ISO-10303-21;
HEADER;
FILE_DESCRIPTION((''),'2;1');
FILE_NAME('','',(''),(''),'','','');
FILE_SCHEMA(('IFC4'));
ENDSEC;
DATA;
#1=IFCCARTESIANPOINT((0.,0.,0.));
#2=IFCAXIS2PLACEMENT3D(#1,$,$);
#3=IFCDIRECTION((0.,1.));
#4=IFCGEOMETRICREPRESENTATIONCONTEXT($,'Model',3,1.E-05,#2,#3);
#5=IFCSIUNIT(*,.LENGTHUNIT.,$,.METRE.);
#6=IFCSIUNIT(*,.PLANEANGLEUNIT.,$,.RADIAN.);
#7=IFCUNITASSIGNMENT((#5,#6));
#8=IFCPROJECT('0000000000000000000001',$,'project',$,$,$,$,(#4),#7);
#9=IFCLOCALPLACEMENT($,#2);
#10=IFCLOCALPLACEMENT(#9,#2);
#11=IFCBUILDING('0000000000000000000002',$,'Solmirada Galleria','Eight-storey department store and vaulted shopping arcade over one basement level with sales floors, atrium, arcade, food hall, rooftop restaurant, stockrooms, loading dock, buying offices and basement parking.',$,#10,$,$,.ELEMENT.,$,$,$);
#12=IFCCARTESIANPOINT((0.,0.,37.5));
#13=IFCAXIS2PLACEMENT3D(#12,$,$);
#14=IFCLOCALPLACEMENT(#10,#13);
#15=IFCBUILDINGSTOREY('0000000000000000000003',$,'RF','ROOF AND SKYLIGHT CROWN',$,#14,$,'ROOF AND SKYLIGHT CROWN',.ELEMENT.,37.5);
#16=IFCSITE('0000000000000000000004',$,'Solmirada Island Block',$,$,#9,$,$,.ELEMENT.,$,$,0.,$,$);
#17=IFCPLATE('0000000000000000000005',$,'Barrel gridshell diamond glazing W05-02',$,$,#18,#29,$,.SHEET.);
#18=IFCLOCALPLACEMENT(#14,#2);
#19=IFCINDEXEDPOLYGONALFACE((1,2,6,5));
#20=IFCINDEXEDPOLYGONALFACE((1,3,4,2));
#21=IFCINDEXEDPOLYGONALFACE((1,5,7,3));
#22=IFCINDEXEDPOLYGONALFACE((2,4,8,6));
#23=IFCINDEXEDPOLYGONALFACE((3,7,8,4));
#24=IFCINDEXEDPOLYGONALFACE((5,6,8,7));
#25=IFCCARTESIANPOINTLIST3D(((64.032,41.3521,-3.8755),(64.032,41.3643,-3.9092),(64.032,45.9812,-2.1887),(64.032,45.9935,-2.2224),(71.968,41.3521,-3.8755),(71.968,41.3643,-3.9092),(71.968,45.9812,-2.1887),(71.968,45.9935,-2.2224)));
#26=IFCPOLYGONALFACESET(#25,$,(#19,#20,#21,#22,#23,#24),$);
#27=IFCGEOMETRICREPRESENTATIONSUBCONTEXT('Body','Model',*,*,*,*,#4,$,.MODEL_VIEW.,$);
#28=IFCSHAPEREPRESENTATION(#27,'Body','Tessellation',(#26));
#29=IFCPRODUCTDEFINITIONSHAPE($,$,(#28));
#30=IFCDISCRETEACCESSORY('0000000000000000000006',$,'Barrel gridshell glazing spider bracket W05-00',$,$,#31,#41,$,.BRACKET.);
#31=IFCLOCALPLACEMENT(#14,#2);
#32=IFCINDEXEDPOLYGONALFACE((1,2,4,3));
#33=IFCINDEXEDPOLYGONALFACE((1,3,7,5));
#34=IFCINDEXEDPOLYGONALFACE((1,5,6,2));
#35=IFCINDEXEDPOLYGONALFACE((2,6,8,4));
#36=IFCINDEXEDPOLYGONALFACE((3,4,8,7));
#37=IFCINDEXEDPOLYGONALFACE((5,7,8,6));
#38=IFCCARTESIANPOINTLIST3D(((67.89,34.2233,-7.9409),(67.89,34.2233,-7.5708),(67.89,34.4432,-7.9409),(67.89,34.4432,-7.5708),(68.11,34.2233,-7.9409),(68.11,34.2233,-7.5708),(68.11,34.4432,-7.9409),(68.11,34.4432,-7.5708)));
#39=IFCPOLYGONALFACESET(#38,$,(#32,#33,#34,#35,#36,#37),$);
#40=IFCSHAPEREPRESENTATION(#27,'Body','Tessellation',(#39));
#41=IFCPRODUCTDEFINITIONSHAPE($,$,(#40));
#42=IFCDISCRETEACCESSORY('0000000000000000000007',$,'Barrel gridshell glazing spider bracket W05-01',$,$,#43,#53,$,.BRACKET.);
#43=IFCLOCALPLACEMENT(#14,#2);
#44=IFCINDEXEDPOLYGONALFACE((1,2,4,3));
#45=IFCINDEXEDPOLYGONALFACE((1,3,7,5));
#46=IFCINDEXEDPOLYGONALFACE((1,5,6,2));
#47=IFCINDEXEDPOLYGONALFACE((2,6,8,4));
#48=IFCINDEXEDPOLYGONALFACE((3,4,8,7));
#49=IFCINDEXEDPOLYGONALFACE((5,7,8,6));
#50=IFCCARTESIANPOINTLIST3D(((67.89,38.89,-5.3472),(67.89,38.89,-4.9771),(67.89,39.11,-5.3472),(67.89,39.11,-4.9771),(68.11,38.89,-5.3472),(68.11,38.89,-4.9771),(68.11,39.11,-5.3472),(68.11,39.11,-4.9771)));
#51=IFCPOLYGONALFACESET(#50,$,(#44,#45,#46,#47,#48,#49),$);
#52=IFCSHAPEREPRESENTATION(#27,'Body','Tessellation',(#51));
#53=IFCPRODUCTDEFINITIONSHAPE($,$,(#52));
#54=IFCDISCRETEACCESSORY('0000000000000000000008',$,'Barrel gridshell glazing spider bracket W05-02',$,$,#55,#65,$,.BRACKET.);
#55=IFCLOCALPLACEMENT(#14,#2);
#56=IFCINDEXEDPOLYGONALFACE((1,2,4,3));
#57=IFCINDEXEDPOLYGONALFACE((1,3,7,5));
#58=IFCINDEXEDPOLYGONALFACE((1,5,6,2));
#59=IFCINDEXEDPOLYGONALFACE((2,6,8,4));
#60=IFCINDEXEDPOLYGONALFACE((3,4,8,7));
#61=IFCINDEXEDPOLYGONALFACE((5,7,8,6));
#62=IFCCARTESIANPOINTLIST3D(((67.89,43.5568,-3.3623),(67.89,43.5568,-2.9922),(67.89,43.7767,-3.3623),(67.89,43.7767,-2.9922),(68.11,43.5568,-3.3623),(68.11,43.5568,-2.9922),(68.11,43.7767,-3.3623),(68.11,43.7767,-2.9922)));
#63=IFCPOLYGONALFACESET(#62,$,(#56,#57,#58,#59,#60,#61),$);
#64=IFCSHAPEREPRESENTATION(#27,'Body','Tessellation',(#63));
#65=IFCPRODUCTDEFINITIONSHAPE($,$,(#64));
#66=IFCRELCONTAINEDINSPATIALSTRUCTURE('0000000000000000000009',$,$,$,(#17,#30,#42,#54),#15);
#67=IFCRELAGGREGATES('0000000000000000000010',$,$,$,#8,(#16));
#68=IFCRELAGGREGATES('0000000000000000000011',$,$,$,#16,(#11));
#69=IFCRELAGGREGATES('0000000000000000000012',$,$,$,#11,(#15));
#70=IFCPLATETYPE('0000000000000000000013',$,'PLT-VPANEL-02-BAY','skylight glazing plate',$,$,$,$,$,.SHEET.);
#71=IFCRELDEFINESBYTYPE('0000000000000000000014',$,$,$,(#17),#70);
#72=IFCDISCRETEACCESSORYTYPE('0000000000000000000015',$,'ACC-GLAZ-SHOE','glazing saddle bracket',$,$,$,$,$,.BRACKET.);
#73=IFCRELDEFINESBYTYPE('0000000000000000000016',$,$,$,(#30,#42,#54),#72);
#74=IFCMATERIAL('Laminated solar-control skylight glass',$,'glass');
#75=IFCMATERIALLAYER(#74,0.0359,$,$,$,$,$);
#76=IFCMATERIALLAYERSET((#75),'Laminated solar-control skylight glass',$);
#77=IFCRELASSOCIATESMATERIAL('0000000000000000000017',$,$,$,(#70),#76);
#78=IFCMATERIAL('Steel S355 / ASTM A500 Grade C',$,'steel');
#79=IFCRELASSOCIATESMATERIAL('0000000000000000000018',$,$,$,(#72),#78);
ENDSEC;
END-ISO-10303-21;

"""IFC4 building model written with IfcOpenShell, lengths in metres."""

from ifc_helpers import new_model, si_unit, direction, frame, origin, origin_2d, place, context, subcontext, project, spatial, polyline, rectangle, outline, extrude, material, layer, layer_set, type_object, element, save


model = new_model("IFC4")

# Units and contexts
model_context = context("Model", 3, precision=1e-05, world=origin(), true_north=direction((0.0, 1.0)))
body_context = subcontext(model_context, "Body", "Model", "MODEL_VIEW")
ifc_project = project(units=[si_unit("LENGTHUNIT", "METRE"), si_unit("PLANEANGLEUNIT", "RADIAN")], contexts=[model_context])

# Site, building, storey
site_placement = place(None, origin())
site = spatial("IfcSite", under=ifc_project, at=site_placement, Name="Solmirada Island Block", CompositionType="ELEMENT", RefElevation=0.0)
building_placement = place(site_placement, origin())
building = spatial("IfcBuilding", under=site, at=building_placement, Name="Solmirada Galleria", Description="Eight-storey department store and vaulted shopping arcade over one basement level with sales floors, atrium, arcade, food hall, rooftop restaurant, stockrooms, loading dock, buying offices and basement parking.", CompositionType="ELEMENT")
storey_placement = place(building_placement, frame((0.0, 0.0, 37.5)))
storey = spatial("IfcBuildingStorey", under=building, at=storey_placement, Name="RF", Description="ROOF AND SKYLIGHT CROWN", LongName="ROOF AND SKYLIGHT CROWN", CompositionType="ELEMENT", Elevation=37.5)

# Shared definitions
ifc_material_1 = material(Name="Steel S355 / ASTM A500 Grade C", Category="steel")

# Plate
ifc_material_2 = material(Name="Laminated solar-control skylight glass", Category="glass")
ifc_layer_1 = layer(ifc_material_2, 0.0359)
ifc_layer_set_1 = layer_set([ifc_layer_1], Name="Laminated solar-control skylight glass")
plate_type_1 = type_object("IfcPlateType", Name="PLT-VPANEL-02-BAY", Description="skylight glazing plate", PredefinedType="SHEET", material=ifc_layer_set_1)
plate_1_placement = place(storey_placement, frame((64.032, 41.3521, -3.8755), z_axis=(0.0, -0.34236, 0.939569), x_axis=(1.0, 0.0, 0.0)))
element("IfcPlate", 1, at=plate_1_placement, inside=storey, type_object=plate_type_1, Name="Barrel gridshell diamond glazing W05-02", PredefinedType="SHEET", context=body_context, shape_type="SweptSolid", body=[
    extrude(outline(polyline([(0.0, 0.0), (7.936, 0.0), (7.936, 4.9269), (0.0, 4.9269), (0.0, 0.0)])), origin(), (0.0, 0.0, -1.0), 0.0359),
])

# Discrete accessories
discrete_accessory_type = type_object("IfcDiscreteAccessoryType", Name="ACC-GLAZ-SHOE", Description="glazing saddle bracket", PredefinedType="BRACKET", material=ifc_material_1)
for number, where, z_axis, x_axis, name in (
    (2, (68.0, 34.3333, -7.9409), (0.0, 0.0, 1.0), (1.0, 0.0, 0.0), "Barrel gridshell glazing spider bracket W05-00"),
    (3, (68.0, 39.0, -5.3472), (0.0, 0.0, 1.0), (1.0, 0.0, 0.0), "Barrel gridshell glazing spider bracket W05-01"),
    (4, (68.0, 43.6667, -3.3623), (0.0, 0.0, 1.0), (1.0, 0.0, 0.0), "Barrel gridshell glazing spider bracket W05-02"),
):
    element("IfcDiscreteAccessory", number, at=place(storey_placement, frame(where, z_axis=z_axis, x_axis=x_axis)), inside=storey, type_object=discrete_accessory_type, Name=name, PredefinedType="BRACKET", context=body_context, shape_type="SweptSolid", body=[
        extrude(rectangle(XDim=0.22, YDim=0.22, at=origin_2d()), origin(), (0.0, 0.0, 1.0), 0.3701),
    ])

save(model, "model.ifc")
